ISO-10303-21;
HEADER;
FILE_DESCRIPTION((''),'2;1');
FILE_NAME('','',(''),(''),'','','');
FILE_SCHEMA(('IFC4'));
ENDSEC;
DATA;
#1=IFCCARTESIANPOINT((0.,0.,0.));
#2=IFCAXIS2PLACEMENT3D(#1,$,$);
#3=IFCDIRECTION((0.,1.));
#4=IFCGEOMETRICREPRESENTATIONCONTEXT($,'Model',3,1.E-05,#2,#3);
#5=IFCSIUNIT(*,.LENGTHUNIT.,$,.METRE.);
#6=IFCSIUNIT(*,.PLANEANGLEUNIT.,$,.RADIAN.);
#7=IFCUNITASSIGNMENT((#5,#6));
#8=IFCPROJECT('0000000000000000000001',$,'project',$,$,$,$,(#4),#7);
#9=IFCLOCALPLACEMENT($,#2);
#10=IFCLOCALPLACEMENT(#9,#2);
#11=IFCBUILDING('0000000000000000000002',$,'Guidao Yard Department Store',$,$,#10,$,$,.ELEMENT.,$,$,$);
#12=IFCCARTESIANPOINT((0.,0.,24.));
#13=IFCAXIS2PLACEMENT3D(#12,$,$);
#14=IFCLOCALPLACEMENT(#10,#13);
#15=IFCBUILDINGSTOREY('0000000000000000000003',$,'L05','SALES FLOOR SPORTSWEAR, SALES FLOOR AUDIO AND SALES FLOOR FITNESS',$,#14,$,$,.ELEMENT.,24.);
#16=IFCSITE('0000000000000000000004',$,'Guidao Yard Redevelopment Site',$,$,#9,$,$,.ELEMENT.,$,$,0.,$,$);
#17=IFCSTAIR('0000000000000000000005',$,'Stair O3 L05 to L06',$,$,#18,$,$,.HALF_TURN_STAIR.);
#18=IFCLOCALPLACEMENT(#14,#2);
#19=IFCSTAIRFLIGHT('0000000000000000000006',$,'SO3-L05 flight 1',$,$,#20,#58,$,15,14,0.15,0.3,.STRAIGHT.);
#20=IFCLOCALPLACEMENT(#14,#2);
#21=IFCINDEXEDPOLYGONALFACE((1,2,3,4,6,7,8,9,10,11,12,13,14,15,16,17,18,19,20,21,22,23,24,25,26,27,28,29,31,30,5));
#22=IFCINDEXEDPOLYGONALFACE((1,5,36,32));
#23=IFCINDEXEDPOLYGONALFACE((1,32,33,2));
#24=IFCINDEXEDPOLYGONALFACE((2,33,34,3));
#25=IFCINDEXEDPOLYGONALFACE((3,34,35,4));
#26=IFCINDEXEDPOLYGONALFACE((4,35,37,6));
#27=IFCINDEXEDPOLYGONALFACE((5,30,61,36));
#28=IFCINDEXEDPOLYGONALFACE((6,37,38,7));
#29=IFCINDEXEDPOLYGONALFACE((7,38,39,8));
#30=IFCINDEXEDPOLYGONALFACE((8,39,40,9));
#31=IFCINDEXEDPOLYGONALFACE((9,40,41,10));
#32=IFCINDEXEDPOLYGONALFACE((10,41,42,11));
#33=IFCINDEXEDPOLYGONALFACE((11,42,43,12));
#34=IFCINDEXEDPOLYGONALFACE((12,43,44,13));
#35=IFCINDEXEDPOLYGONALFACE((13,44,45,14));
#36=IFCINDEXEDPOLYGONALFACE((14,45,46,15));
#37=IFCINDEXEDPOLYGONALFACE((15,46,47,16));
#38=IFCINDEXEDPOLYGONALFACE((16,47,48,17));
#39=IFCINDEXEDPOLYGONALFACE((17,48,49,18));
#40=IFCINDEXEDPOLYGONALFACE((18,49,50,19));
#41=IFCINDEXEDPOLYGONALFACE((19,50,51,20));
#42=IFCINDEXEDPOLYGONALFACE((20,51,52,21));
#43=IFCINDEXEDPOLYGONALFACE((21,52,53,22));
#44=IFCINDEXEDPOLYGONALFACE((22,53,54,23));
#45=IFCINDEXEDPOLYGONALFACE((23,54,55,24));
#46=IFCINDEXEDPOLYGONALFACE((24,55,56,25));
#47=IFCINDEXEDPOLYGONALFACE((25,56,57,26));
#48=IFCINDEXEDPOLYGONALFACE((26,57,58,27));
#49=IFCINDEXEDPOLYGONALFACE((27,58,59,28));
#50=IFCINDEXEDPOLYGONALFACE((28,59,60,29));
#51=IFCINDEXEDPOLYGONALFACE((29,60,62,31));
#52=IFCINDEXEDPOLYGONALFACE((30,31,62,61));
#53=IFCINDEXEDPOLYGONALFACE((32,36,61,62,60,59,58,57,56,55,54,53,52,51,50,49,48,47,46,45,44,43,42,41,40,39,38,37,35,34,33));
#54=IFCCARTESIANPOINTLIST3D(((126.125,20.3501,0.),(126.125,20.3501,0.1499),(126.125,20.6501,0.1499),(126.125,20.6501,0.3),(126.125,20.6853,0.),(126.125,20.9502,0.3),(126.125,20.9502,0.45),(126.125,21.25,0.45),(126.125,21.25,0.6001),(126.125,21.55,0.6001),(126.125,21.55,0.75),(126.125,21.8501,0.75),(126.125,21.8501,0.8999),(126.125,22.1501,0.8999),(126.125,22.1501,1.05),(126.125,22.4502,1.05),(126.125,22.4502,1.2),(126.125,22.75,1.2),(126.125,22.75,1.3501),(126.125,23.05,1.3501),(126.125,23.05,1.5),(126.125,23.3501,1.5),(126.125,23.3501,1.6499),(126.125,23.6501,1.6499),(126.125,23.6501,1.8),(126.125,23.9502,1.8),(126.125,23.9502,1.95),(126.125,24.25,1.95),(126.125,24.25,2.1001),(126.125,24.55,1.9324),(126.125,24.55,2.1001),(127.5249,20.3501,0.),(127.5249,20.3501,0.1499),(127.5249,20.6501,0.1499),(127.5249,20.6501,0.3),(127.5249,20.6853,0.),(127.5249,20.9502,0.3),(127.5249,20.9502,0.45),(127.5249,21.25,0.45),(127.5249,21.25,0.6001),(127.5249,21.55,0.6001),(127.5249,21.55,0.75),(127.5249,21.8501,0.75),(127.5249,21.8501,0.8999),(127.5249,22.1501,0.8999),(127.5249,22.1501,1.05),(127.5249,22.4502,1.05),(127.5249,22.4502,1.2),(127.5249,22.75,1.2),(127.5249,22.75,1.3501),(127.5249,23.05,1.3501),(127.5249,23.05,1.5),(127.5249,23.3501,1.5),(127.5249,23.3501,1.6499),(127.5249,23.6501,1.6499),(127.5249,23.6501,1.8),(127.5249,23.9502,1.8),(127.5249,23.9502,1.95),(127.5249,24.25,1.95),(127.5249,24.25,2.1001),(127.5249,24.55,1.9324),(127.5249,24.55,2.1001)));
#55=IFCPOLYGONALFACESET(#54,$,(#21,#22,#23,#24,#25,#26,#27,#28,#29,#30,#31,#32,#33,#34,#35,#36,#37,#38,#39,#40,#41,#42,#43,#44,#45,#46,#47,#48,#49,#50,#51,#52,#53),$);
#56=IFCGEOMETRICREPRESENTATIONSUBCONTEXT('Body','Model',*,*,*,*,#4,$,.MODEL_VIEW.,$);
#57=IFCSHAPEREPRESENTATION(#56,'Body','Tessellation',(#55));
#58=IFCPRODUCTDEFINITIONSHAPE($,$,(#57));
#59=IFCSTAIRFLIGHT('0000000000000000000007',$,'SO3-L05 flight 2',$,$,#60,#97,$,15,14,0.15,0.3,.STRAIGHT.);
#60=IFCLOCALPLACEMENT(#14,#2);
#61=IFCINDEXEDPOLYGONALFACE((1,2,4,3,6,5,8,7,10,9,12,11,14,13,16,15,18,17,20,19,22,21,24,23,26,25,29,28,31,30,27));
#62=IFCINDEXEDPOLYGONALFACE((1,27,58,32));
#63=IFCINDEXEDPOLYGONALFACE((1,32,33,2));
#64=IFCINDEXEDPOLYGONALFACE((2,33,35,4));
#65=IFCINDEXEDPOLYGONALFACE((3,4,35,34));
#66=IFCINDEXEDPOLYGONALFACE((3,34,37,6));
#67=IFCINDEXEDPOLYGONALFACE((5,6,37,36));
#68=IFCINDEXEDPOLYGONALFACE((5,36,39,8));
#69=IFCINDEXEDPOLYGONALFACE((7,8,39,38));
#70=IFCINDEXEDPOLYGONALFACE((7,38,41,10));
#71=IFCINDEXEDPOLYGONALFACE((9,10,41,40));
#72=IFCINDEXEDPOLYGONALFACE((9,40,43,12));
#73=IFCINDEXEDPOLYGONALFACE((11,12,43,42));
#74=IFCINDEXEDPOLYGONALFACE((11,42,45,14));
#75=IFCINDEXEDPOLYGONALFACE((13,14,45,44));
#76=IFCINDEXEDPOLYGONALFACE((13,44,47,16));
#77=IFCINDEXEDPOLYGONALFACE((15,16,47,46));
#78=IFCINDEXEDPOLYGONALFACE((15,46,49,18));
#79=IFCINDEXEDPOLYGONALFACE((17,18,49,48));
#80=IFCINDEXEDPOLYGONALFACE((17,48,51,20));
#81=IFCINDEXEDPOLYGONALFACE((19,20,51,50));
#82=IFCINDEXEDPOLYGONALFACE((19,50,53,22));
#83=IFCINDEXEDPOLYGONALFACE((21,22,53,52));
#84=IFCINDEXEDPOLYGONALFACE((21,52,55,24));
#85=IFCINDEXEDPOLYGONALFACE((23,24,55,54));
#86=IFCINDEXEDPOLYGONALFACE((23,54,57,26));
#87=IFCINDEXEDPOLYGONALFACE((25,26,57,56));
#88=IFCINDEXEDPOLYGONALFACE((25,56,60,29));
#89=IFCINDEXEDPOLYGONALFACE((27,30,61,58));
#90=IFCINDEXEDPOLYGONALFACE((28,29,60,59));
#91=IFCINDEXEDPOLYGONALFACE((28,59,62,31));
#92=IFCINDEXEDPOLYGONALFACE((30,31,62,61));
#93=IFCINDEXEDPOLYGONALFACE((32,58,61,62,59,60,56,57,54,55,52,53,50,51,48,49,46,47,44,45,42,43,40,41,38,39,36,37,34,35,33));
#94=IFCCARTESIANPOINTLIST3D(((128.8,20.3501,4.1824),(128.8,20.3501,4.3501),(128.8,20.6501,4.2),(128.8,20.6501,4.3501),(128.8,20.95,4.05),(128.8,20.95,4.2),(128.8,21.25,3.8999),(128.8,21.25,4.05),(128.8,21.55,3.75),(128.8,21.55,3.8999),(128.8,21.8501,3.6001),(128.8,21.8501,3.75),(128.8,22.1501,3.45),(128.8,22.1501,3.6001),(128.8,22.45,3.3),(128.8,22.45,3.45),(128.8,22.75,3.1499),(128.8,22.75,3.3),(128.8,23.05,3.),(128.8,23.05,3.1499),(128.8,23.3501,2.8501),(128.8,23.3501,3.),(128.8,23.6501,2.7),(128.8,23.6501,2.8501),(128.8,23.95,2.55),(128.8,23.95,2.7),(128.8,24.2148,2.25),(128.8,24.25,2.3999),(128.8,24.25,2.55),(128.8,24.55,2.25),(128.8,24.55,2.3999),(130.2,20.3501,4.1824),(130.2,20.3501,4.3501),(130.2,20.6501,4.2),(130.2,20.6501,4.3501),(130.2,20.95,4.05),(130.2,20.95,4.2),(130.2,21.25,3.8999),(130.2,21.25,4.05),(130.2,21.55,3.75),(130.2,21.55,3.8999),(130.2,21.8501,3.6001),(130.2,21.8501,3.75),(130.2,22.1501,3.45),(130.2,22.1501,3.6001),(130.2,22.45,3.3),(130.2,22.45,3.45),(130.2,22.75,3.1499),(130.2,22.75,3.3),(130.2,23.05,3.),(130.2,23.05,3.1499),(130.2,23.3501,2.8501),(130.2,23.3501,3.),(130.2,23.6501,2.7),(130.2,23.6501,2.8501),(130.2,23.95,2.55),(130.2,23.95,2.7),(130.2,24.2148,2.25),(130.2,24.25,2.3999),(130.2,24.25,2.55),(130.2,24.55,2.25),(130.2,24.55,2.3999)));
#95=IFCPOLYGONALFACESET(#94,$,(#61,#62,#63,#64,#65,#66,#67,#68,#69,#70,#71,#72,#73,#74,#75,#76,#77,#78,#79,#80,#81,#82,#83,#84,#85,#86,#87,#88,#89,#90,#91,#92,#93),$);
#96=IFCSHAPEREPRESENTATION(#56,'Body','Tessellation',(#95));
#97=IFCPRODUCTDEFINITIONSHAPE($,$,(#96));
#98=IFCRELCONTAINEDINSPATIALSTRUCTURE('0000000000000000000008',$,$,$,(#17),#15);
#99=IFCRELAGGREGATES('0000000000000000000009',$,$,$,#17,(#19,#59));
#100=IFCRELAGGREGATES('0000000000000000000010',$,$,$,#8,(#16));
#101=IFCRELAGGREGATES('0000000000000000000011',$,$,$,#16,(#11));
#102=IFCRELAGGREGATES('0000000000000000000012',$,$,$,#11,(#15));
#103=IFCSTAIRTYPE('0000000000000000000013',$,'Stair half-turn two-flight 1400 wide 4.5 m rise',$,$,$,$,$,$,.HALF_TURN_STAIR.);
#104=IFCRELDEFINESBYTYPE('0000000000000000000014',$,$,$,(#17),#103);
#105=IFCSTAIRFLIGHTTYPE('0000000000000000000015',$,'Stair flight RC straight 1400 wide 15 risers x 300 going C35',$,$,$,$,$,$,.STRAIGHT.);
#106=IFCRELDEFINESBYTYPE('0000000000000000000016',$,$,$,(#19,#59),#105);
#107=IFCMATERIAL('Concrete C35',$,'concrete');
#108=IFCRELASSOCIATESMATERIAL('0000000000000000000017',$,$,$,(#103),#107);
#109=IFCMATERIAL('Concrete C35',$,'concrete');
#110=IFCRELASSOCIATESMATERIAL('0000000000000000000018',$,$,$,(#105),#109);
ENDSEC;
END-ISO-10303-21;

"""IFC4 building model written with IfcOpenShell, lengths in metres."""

from ifc_helpers import new_model, si_unit, direction, frame, origin, place, context, subcontext, project, spatial, polyline, outline, extrude, material, type_object, element, aggregate, save


model = new_model("IFC4")

# Units and contexts
model_context = context("Model", 3, precision=1e-05, world=origin(), true_north=direction((0.0, 1.0)))
body_context = subcontext(model_context, "Body", "Model", "MODEL_VIEW")
ifc_project = project(units=[si_unit("LENGTHUNIT", "METRE"), si_unit("PLANEANGLEUNIT", "RADIAN")], contexts=[model_context])

# Site, building, storey
site_placement = place(None, origin())
site = spatial("IfcSite", under=ifc_project, at=site_placement, Name="Guidao Yard Redevelopment Site", CompositionType="ELEMENT", RefElevation=0.0)
building_placement = place(site_placement, origin())
building = spatial("IfcBuilding", under=site, at=building_placement, Name="Guidao Yard Department Store", CompositionType="ELEMENT")
storey_placement = place(building_placement, frame((0.0, 0.0, 24.0)))
storey = spatial("IfcBuildingStorey", under=building, at=storey_placement, Name="L05", Description="SALES FLOOR SPORTSWEAR, SALES FLOOR AUDIO AND SALES FLOOR FITNESS", CompositionType="ELEMENT", Elevation=24.0)

# Stair, stair flights
ifc_material_1 = material(Name="Concrete C35", Category="concrete")
stair_type = type_object("IfcStairType", Name="Stair half-turn two-flight 1400 wide 4.5 m rise", PredefinedType="HALF_TURN_STAIR", material=ifc_material_1)
stair_placement = place(storey_placement, origin())
stair = element("IfcStair", 1, at=stair_placement, inside=storey, type_object=stair_type, Name="Stair O3 L05 to L06", PredefinedType="HALF_TURN_STAIR")
ifc_material_2 = material(Name="Concrete C35", Category="concrete")
stair_flight_type = type_object("IfcStairFlightType", Name="Stair flight RC straight 1400 wide 15 risers x 300 going C35", PredefinedType="STRAIGHT", material=ifc_material_2)
stair_flight_1_placement = place(storey_placement, frame((126.825, 20.3501, 0.0), z_axis=(0.0, 0.0, 1.0), x_axis=(0.0, 1.0, 0.0)))
stair_flight_1 = element("IfcStairFlight", 2, at=stair_flight_1_placement, type_object=stair_flight_type, Name="SO3-L05 flight 1", NumberOfRisers=15, NumberOfTreads=14, PredefinedType="STRAIGHT", RiserHeight=0.15, TreadLength=0.3, context=body_context, shape_type="SweptSolid", body=[
    extrude(outline(polyline([(0.0, 0.0), (0.0, 0.1499), (0.3, 0.1499), (0.3, 0.3), (0.6001, 0.3), (0.6001, 0.45), (0.8999, 0.45), (0.8999, 0.6001), (1.2, 0.6001), (1.2, 0.75), (1.5, 0.75), (1.5, 0.8999), (1.8, 0.8999), (1.8, 1.05), (2.1001, 1.05), (2.1001, 1.2), (2.3999, 1.2), (2.3999, 1.3501), (2.7, 1.3501), (2.7, 1.5), (3.0, 1.5), (3.0, 1.6499), (3.3, 1.6499), (3.3, 1.8), (3.6001, 1.8), (3.6001, 1.95), (3.8999, 1.95), (3.8999, 2.1001), (4.2, 2.1001), (4.2, 2.25), (4.2, 1.9324), (0.3352, 0.0), (0.0, 0.0)])), frame((0.0, 0.7, 0.0), z_axis=(0.0, -1.0, 0.0), x_axis=(1.0, 0.0, 0.0)), (0.0, 0.0, 1.0), 1.3999),
])
stair_flight_2_placement = place(storey_placement, frame((129.5, 24.55, 2.25), z_axis=(0.0, 0.0, 1.0), x_axis=(0.0, -1.0, 0.0)))
stair_flight_2 = element("IfcStairFlight", 3, at=stair_flight_2_placement, type_object=stair_flight_type, Name="SO3-L05 flight 2", NumberOfRisers=15, NumberOfTreads=14, PredefinedType="STRAIGHT", RiserHeight=0.15, TreadLength=0.3, context=body_context, shape_type="SweptSolid", body=[
    extrude(outline(polyline([(0.0, 0.0), (0.0, 0.1499), (0.3, 0.1499), (0.3, 0.3), (0.6001, 0.3), (0.6001, 0.45), (0.8999, 0.45), (0.8999, 0.6001), (1.2, 0.6001), (1.2, 0.75), (1.5, 0.75), (1.5, 0.8999), (1.8, 0.8999), (1.8, 1.05), (2.1001, 1.05), (2.1001, 1.2), (2.3999, 1.2), (2.3999, 1.3501), (2.7, 1.3501), (2.7, 1.5), (3.0, 1.5), (3.0, 1.6499), (3.3, 1.6499), (3.3, 1.8), (3.6001, 1.8), (3.6001, 1.95), (3.8999, 1.95), (3.8999, 2.1001), (4.2, 2.1001), (4.2, 2.25), (4.2, 1.9324), (0.3352, 0.0), (0.0, 0.0)])), frame((0.0, 0.7, 0.0), z_axis=(0.0, -1.0, 0.0), x_axis=(1.0, 0.0, 0.0)), (0.0, 0.0, 1.0), 1.3999),
])
aggregate(stair, [stair_flight_1, stair_flight_2])

save(model, "model.ifc")
